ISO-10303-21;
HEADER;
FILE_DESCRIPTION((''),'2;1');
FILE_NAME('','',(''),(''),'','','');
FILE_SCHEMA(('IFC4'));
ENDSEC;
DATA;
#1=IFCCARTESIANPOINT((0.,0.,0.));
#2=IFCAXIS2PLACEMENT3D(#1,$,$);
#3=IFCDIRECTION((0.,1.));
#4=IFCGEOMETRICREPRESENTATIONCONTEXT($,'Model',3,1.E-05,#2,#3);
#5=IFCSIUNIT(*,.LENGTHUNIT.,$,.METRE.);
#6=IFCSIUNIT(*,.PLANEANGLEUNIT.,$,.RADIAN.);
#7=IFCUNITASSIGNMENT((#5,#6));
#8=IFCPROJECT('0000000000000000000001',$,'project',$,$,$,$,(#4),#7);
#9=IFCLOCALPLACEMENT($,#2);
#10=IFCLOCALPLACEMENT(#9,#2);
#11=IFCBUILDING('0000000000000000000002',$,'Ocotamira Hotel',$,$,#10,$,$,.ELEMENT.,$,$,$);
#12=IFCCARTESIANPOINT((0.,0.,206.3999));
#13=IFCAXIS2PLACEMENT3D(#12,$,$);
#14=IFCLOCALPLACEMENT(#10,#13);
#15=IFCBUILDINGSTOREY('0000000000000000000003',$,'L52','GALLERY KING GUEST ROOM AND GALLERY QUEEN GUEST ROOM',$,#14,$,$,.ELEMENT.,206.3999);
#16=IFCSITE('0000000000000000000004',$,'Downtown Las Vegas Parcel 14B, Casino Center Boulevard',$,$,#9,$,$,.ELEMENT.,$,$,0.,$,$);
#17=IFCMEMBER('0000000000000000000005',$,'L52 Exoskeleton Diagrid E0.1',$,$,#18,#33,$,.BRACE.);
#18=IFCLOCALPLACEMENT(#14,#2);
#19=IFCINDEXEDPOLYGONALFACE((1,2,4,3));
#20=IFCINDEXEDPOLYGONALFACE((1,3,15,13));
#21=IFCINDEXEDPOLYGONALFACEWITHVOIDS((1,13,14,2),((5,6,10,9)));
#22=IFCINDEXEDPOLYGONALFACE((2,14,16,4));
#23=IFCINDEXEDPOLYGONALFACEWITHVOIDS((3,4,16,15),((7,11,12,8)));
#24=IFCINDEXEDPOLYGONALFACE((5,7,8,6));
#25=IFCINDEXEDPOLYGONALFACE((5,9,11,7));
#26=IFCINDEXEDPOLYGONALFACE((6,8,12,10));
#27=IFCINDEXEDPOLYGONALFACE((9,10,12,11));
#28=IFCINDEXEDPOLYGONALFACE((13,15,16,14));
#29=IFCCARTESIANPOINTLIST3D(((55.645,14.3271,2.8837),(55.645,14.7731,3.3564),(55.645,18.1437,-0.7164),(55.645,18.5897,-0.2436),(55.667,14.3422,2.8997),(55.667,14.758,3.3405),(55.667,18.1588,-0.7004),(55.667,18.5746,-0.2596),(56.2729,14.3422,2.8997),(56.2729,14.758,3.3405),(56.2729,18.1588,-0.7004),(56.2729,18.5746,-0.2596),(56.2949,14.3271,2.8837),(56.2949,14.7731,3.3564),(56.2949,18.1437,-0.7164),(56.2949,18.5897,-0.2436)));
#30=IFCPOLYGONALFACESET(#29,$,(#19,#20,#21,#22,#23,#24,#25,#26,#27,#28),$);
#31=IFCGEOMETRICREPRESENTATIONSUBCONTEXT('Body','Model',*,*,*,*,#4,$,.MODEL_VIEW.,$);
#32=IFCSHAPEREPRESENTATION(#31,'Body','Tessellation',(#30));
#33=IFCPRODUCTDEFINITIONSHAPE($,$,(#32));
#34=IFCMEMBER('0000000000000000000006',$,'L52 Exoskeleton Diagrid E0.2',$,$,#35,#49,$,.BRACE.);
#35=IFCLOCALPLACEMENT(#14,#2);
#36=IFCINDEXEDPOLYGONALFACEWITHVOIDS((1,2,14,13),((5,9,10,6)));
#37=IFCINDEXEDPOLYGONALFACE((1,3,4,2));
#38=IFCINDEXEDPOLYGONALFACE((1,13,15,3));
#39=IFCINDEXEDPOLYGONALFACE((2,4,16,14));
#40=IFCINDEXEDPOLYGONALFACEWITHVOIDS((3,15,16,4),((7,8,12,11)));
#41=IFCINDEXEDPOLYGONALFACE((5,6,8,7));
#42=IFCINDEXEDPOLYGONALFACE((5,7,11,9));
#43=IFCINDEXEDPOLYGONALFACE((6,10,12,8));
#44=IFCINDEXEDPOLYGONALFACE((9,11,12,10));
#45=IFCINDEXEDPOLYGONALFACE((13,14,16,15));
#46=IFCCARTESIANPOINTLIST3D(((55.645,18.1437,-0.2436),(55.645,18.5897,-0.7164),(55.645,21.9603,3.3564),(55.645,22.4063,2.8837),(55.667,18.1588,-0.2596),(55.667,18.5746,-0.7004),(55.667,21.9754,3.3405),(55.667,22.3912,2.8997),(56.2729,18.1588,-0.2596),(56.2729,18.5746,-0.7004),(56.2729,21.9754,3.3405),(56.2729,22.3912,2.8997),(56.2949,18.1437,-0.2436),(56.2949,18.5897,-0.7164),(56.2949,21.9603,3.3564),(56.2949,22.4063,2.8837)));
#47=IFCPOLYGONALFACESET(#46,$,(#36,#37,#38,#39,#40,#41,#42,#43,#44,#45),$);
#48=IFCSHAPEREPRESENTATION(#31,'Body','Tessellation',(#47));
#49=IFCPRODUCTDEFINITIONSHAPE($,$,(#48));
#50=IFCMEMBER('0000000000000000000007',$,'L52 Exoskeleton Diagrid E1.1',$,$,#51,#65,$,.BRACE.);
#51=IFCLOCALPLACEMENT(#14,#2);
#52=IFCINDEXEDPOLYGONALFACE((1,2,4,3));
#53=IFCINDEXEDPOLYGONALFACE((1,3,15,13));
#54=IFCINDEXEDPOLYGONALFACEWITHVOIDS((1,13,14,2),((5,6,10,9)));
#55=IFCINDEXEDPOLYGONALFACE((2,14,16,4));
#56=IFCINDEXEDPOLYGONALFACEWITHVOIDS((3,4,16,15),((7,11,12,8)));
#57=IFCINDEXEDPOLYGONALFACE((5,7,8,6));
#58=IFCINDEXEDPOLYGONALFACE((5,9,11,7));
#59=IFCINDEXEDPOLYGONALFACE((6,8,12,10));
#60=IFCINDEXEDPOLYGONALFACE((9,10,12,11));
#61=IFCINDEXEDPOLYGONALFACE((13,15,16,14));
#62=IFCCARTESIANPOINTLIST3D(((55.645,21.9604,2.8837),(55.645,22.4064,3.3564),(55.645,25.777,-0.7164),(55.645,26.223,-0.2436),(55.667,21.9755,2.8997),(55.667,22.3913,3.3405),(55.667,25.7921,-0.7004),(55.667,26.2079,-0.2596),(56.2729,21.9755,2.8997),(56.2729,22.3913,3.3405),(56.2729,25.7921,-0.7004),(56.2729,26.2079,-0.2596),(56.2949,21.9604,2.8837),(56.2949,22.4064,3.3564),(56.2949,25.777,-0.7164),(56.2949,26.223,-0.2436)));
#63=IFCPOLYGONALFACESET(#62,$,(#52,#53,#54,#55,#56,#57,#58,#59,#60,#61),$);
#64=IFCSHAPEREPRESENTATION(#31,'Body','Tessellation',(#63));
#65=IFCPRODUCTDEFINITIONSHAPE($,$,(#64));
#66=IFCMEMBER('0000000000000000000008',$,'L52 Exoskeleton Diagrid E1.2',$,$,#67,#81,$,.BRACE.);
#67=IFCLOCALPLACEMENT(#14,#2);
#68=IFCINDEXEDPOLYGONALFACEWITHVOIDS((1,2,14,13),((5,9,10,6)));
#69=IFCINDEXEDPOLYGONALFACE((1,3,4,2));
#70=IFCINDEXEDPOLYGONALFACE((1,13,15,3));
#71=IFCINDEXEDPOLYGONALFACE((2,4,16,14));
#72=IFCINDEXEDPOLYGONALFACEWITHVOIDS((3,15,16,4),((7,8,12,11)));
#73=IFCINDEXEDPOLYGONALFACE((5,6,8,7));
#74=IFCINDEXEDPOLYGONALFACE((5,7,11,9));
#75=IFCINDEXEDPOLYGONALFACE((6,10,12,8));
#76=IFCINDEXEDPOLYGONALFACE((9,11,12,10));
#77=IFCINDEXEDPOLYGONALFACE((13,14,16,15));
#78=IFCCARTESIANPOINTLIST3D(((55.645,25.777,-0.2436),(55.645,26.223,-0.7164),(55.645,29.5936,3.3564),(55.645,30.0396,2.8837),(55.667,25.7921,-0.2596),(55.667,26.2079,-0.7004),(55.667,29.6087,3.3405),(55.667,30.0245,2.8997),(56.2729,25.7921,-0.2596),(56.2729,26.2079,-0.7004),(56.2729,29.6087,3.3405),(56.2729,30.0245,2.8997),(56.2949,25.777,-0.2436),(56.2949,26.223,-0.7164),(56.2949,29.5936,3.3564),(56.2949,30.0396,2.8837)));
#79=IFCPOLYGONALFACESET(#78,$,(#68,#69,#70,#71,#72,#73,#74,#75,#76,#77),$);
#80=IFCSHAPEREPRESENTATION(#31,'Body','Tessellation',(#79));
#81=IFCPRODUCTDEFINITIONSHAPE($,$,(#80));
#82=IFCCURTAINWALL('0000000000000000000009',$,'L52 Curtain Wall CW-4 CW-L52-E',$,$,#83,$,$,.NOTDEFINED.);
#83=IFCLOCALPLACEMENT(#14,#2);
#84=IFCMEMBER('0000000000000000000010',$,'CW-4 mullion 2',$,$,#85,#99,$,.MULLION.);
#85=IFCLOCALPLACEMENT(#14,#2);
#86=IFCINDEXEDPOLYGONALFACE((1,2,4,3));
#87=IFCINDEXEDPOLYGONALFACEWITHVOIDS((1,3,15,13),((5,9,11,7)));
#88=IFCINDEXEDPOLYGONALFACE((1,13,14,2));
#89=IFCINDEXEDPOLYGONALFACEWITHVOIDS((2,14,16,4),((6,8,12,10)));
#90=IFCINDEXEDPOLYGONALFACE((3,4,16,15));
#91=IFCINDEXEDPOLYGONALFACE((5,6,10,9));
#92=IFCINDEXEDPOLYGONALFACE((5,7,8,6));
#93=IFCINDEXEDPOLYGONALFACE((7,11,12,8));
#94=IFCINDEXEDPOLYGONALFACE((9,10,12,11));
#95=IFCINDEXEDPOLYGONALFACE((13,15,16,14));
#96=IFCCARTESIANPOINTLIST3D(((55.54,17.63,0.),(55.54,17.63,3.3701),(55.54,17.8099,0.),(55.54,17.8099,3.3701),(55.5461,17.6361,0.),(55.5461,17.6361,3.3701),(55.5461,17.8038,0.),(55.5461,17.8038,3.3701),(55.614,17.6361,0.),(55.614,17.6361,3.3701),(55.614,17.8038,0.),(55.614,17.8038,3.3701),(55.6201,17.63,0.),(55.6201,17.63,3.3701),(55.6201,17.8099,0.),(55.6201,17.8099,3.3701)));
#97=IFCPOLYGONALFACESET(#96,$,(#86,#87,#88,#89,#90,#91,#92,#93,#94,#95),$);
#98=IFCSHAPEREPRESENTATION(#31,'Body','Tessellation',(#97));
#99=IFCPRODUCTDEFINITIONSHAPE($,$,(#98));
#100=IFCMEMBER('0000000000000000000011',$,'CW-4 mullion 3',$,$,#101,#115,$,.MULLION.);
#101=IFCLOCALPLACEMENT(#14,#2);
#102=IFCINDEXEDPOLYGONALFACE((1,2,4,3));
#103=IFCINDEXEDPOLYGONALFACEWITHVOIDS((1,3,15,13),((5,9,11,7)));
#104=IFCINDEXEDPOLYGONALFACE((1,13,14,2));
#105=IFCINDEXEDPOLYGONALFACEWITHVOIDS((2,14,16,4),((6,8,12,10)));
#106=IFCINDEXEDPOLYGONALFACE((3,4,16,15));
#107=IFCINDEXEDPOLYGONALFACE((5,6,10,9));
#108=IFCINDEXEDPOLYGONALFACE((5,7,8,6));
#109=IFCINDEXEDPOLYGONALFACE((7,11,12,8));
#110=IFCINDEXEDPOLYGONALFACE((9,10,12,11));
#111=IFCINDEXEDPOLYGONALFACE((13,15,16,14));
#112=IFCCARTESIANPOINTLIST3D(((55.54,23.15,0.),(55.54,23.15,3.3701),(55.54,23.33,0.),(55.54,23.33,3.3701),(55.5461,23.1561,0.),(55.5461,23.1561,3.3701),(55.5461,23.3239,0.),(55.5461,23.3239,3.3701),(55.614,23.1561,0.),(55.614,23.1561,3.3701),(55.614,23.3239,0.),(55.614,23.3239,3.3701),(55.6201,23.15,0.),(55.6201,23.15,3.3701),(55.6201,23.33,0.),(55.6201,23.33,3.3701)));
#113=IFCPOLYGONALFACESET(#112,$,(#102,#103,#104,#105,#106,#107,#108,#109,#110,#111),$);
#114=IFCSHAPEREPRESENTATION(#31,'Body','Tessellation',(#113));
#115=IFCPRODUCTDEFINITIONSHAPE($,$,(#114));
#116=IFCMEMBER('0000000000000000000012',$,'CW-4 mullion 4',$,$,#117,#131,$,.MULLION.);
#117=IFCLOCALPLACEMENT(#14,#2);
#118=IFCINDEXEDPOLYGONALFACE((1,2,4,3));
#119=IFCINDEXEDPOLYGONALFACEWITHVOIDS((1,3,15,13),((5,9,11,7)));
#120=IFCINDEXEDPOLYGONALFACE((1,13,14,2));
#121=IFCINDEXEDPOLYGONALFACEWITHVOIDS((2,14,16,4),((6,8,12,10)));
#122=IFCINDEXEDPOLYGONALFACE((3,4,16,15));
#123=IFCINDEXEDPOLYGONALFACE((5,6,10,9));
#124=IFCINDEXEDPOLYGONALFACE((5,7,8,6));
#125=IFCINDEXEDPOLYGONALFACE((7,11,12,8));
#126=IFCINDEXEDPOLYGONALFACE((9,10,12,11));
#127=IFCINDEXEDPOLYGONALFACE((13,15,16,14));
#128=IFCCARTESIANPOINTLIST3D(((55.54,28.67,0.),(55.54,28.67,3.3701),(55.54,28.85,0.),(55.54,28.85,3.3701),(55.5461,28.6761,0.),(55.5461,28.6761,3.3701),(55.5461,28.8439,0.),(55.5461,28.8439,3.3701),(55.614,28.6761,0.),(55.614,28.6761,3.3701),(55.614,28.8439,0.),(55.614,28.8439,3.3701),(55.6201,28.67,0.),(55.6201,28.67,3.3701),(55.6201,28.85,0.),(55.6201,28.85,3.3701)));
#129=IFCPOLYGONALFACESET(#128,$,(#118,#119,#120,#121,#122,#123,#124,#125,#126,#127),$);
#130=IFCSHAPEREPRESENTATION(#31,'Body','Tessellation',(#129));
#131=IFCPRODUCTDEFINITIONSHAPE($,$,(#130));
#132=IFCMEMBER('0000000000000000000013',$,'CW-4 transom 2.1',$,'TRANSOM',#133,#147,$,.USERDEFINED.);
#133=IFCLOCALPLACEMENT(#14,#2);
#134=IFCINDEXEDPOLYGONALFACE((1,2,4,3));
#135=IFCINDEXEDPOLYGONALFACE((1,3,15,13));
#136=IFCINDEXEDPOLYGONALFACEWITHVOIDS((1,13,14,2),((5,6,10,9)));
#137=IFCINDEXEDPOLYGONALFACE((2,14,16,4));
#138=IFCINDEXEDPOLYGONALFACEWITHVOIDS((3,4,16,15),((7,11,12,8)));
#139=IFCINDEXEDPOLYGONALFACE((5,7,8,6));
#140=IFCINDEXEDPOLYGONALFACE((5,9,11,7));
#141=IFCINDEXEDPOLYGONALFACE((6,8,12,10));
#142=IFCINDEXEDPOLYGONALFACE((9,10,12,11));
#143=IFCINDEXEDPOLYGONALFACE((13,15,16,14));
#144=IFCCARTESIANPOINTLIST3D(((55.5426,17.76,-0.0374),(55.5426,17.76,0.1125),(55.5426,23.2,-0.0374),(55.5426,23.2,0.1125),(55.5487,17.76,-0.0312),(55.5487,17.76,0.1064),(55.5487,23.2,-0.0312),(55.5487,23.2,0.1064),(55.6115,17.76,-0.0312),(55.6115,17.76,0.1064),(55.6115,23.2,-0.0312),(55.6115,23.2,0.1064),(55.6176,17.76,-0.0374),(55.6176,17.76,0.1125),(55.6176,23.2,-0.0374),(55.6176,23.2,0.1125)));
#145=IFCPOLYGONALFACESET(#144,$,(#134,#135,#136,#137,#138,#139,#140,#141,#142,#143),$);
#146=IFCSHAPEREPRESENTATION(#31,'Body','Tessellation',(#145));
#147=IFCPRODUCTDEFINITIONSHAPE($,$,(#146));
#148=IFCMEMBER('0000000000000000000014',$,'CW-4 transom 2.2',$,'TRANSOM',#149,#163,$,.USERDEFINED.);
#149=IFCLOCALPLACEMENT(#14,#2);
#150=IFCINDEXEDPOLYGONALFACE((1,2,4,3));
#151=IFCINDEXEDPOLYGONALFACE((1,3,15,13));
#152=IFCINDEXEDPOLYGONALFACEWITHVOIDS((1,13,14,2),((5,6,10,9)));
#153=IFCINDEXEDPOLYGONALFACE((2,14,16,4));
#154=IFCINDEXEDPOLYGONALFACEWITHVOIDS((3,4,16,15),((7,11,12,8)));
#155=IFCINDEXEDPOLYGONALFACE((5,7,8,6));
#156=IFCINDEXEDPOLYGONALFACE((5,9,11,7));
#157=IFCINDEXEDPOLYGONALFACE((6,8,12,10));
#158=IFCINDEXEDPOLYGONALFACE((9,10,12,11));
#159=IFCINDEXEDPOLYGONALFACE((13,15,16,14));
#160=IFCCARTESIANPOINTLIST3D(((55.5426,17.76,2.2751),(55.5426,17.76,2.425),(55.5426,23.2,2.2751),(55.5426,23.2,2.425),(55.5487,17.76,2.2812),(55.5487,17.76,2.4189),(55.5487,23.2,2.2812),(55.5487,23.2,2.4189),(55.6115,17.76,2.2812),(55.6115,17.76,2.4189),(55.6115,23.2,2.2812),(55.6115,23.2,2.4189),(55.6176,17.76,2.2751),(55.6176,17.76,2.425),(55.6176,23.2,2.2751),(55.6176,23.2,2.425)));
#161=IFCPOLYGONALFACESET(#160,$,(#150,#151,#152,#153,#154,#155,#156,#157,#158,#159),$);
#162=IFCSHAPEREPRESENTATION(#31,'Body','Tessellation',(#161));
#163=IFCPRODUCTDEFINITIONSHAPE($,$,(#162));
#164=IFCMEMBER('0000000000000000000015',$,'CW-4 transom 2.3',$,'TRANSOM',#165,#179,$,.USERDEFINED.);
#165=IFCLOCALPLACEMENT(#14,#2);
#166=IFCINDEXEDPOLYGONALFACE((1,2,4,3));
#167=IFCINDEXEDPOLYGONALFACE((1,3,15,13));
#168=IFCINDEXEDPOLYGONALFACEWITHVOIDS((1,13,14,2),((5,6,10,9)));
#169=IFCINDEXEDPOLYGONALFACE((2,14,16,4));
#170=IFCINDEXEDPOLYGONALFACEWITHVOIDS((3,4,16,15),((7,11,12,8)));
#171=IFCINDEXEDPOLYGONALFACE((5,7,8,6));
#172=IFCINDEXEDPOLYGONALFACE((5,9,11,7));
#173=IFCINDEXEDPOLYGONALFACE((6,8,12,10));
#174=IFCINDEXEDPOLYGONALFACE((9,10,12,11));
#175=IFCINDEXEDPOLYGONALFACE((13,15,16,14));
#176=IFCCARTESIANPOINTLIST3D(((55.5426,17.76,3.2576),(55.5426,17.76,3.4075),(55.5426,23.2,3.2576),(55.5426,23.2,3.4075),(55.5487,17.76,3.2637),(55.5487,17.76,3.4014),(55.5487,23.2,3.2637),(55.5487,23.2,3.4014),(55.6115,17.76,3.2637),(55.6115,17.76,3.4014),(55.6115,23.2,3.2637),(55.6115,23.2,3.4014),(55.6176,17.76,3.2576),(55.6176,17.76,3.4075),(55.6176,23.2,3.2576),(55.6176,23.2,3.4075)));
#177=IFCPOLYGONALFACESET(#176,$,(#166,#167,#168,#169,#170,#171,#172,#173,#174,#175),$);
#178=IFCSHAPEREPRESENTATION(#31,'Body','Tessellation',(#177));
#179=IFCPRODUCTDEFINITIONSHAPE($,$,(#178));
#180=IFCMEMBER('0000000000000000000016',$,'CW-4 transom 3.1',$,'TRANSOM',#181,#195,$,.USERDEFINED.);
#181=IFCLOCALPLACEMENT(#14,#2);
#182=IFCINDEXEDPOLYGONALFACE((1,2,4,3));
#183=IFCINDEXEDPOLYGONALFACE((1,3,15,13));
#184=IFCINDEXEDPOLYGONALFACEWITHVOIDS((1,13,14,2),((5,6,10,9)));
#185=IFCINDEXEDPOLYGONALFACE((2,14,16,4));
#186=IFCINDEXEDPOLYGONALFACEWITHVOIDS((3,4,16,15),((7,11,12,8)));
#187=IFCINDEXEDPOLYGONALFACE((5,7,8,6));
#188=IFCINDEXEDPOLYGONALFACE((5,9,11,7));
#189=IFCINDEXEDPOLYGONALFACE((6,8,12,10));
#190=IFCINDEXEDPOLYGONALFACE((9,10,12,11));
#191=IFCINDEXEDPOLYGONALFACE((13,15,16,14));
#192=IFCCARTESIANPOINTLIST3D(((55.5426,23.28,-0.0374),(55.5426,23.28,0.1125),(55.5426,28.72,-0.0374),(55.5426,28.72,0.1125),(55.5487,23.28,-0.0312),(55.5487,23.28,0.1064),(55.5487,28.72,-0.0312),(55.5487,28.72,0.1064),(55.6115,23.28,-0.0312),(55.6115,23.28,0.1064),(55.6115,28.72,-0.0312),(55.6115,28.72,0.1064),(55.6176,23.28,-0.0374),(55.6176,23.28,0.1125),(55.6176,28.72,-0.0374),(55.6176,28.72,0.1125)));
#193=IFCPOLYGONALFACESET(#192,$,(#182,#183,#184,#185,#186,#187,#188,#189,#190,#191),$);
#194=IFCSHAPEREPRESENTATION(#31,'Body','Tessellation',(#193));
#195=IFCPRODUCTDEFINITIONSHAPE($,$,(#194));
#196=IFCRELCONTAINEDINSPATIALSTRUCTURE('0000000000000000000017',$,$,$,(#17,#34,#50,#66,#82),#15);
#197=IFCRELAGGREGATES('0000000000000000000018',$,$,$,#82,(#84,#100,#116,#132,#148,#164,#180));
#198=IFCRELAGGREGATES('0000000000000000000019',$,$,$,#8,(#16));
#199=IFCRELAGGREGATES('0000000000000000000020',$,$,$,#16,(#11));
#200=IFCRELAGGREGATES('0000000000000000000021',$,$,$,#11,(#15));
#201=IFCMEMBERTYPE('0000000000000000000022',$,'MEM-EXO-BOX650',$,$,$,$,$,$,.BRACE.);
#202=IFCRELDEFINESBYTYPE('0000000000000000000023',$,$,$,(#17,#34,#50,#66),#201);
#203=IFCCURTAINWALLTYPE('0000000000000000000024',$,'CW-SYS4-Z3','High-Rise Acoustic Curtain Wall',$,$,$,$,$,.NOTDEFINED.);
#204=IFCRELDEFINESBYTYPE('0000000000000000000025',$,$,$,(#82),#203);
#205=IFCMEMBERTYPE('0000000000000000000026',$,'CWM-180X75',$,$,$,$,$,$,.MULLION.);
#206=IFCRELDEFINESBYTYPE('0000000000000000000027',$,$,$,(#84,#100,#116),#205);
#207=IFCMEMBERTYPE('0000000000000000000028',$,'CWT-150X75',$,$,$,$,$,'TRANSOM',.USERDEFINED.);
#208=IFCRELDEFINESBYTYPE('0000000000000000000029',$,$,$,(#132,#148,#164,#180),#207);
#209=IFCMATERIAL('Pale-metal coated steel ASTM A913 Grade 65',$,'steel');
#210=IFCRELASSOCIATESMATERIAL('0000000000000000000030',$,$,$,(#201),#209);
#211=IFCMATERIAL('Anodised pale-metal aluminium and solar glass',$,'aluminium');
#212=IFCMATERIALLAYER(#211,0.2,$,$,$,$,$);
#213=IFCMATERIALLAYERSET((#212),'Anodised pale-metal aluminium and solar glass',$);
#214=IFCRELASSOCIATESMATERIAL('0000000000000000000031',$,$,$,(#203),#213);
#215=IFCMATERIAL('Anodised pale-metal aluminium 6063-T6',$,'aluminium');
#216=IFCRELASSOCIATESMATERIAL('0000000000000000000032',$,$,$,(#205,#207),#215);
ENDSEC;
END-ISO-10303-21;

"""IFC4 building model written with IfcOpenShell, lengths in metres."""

from ifc_helpers import new_model, si_unit, direction, frame, origin, origin_2d, place, context, subcontext, project, spatial, hollow_rectangle, extrude, source, transform, mapped, material, layer, layer_set, material_profile, profile_set, type_object, element, aggregate, save


model = new_model("IFC4")

# Units and contexts
model_context = context("Model", 3, precision=1e-05, world=origin(), true_north=direction((0.0, 1.0)))
body_context = subcontext(model_context, "Body", "Model", "MODEL_VIEW")
ifc_project = project(units=[si_unit("LENGTHUNIT", "METRE"), si_unit("PLANEANGLEUNIT", "RADIAN")], contexts=[model_context])

# Site, building, storey
site_placement = place(None, origin())
site = spatial("IfcSite", under=ifc_project, at=site_placement, Name="Downtown Las Vegas Parcel 14B, Casino Center Boulevard", CompositionType="ELEMENT", RefElevation=0.0)
building_placement = place(site_placement, origin())
building = spatial("IfcBuilding", under=site, at=building_placement, Name="Ocotamira Hotel", CompositionType="ELEMENT")
storey_placement = place(building_placement, frame((0.0, 0.0, 206.3999)))
storey = spatial("IfcBuildingStorey", under=building, at=storey_placement, Name="L52", Description="GALLERY KING GUEST ROOM AND GALLERY QUEEN GUEST ROOM", CompositionType="ELEMENT", Elevation=206.3999)

# Members
ifc_material_1 = material(Name="Pale-metal coated steel ASTM A913 Grade 65", Category="steel")
ifc_material_profile_1 = material_profile(ifc_material_1, hollow_rectangle(XDim=0.6499, YDim=0.6499, WallThickness=0.022, at=origin_2d()), Name="BOX650X650X22")
ifc_profile_set_1 = profile_set([ifc_material_profile_1], Name="Pale-metal coated steel ASTM A913 Grade 65")
member_type_1 = type_object("IfcMemberType", Name="MEM-EXO-BOX650", PredefinedType="BRACE", material=ifc_profile_set_1)
shared_shape_1 = source(origin(), body_context, "Body", "SweptSolid", [
    extrude(hollow_rectangle(XDim=0.6499, YDim=0.6499, WallThickness=0.022, at=origin_2d()), origin(), (0.0, 0.0, 1.0), 5.2466),
])
for number, where, z_axis, x_axis, name in (
    (1, (55.97, 18.3667, -0.48), (0.0, -0.727443, 0.686168), (1.0, 0.0, 0.0), "L52 Exoskeleton Diagrid E0.1"),
    (2, (55.97, 18.3667, -0.48), (0.0, 0.727443, 0.686168), (-1.0, 0.0, 0.0), "L52 Exoskeleton Diagrid E0.2"),
    (3, (55.97, 26.0, -0.48), (0.0, -0.727443, 0.686168), (1.0, 0.0, 0.0), "L52 Exoskeleton Diagrid E1.1"),
    (4, (55.97, 26.0, -0.48), (0.0, 0.727443, 0.686168), (-1.0, 0.0, 0.0), "L52 Exoskeleton Diagrid E1.2"),
):
    element("IfcMember", number, at=place(storey_placement, frame(where, z_axis=z_axis, x_axis=x_axis)), inside=storey, type_object=member_type_1, Name=name, PredefinedType="BRACE", context=body_context, shape_type="MappedRepresentation", body=[
        mapped(shared_shape_1, transform((0.0, 0.0, 0.0), scale=1.0)),
    ])

# Curtain wall, members
ifc_material_2 = material(Name="Anodised pale-metal aluminium and solar glass", Category="aluminium")
ifc_layer_1 = layer(ifc_material_2, 0.2)
ifc_layer_set_1 = layer_set([ifc_layer_1], Name="Anodised pale-metal aluminium and solar glass")
curtain_wall_type = type_object("IfcCurtainWallType", Name="CW-SYS4-Z3", Description="High-Rise Acoustic Curtain Wall", PredefinedType="NOTDEFINED", material=ifc_layer_set_1)
curtain_wall_placement = place(storey_placement, origin())
curtain_wall = element("IfcCurtainWall", 5, at=curtain_wall_placement, inside=storey, type_object=curtain_wall_type, Name="L52 Curtain Wall CW-4 CW-L52-E", PredefinedType="NOTDEFINED")
ifc_material_3 = material(Name="Anodised pale-metal aluminium 6063-T6", Category="aluminium")
ifc_material_profile_2 = material_profile(ifc_material_3, hollow_rectangle(XDim=0.0801, YDim=0.1799, WallThickness=0.0061, at=origin_2d()), Name="HSS180X80X6")
ifc_profile_set_2 = profile_set([ifc_material_profile_2], Name="Anodised pale-metal aluminium 6063-T6")
member_type_2 = type_object("IfcMemberType", Name="CWM-180X75", PredefinedType="MULLION", material=ifc_profile_set_2)
shared_shape_2 = source(origin(), body_context, "Body", "SweptSolid", [
    extrude(hollow_rectangle(XDim=0.0801, YDim=0.1799, WallThickness=0.0061, at=origin_2d()), origin(), (0.0, 0.0, 1.0), 3.3701),
])
member_1_placement = place(storey_placement, frame((55.5801, 17.72, 0.0), z_axis=(0.0, 0.0, 1.0), x_axis=(-1.0, 0.0, 0.0)))
member_1 = element("IfcMember", 6, at=member_1_placement, type_object=member_type_2, Name="CW-4 mullion 2", PredefinedType="MULLION", context=body_context, shape_type="MappedRepresentation", body=[
    mapped(shared_shape_2, transform((0.0, 0.0, 0.0), scale=1.0)),
])
member_2_placement = place(storey_placement, frame((55.5801, 23.24, 0.0), z_axis=(0.0, 0.0, 1.0), x_axis=(-1.0, 0.0, 0.0)))
member_2 = element("IfcMember", 7, at=member_2_placement, type_object=member_type_2, Name="CW-4 mullion 3", PredefinedType="MULLION", context=body_context, shape_type="MappedRepresentation", body=[
    mapped(shared_shape_2, transform((0.0, 0.0, 0.0), scale=1.0)),
])
member_3_placement = place(storey_placement, frame((55.5801, 28.76, 0.0), z_axis=(0.0, 0.0, 1.0), x_axis=(-1.0, 0.0, 0.0)))
member_3 = element("IfcMember", 8, at=member_3_placement, type_object=member_type_2, Name="CW-4 mullion 4", PredefinedType="MULLION", context=body_context, shape_type="MappedRepresentation", body=[
    mapped(shared_shape_2, transform((0.0, 0.0, 0.0), scale=1.0)),
])
ifc_material_profile_3 = material_profile(ifc_material_3, hollow_rectangle(XDim=0.075, YDim=0.1499, WallThickness=0.0061, at=origin_2d()), Name="HSS150X75X6")
ifc_profile_set_3 = profile_set([ifc_material_profile_3], Name="Anodised pale-metal aluminium 6063-T6")
member_type_3 = type_object("IfcMemberType", Name="CWT-150X75", ElementType="TRANSOM", PredefinedType="USERDEFINED", material=ifc_profile_set_3)
shared_shape_3 = source(origin(), body_context, "Body", "SweptSolid", [
    extrude(hollow_rectangle(XDim=0.075, YDim=0.1499, WallThickness=0.0061, at=origin_2d()), origin(), (0.0, 0.0, 1.0), 5.4399),
])
member_4_placement = place(storey_placement, frame((55.5801, 17.76, 0.0376), z_axis=(0.0, 1.0, 0.0), x_axis=(-1.0, 0.0, 0.0)))
member_4 = element("IfcMember", 9, at=member_4_placement, type_object=member_type_3, Name="CW-4 transom 2.1", ObjectType="TRANSOM", PredefinedType="USERDEFINED", context=body_context, shape_type="MappedRepresentation", body=[
    mapped(shared_shape_3, transform((0.0, 0.0, 0.0), scale=1.0)),
])
member_5_placement = place(storey_placement, frame((55.5801, 17.76, 2.3501), z_axis=(0.0, 1.0, 0.0), x_axis=(-1.0, 0.0, 0.0)))
member_5 = element("IfcMember", 10, at=member_5_placement, type_object=member_type_3, Name="CW-4 transom 2.2", ObjectType="TRANSOM", PredefinedType="USERDEFINED", context=body_context, shape_type="MappedRepresentation", body=[
    mapped(shared_shape_3, transform((0.0, 0.0, 0.0), scale=1.0)),
])
member_6_placement = place(storey_placement, frame((55.5801, 17.76, 3.3325), z_axis=(0.0, 1.0, 0.0), x_axis=(-1.0, 0.0, 0.0)))
member_6 = element("IfcMember", 11, at=member_6_placement, type_object=member_type_3, Name="CW-4 transom 2.3", ObjectType="TRANSOM", PredefinedType="USERDEFINED", context=body_context, shape_type="MappedRepresentation", body=[
    mapped(shared_shape_3, transform((0.0, 0.0, 0.0), scale=1.0)),
])
member_7_placement = place(storey_placement, frame((55.5801, 23.28, 0.0376), z_axis=(0.0, 1.0, 0.0), x_axis=(-1.0, 0.0, 0.0)))
member_7 = element("IfcMember", 12, at=member_7_placement, type_object=member_type_3, Name="CW-4 transom 3.1", ObjectType="TRANSOM", PredefinedType="USERDEFINED", context=body_context, shape_type="MappedRepresentation", body=[
    mapped(shared_shape_3, transform((0.0, 0.0, 0.0), scale=1.0)),
])

aggregate(curtain_wall, [member_1, member_2, member_3, member_4, member_5, member_6, member_7])

save(model, "model.ifc")
